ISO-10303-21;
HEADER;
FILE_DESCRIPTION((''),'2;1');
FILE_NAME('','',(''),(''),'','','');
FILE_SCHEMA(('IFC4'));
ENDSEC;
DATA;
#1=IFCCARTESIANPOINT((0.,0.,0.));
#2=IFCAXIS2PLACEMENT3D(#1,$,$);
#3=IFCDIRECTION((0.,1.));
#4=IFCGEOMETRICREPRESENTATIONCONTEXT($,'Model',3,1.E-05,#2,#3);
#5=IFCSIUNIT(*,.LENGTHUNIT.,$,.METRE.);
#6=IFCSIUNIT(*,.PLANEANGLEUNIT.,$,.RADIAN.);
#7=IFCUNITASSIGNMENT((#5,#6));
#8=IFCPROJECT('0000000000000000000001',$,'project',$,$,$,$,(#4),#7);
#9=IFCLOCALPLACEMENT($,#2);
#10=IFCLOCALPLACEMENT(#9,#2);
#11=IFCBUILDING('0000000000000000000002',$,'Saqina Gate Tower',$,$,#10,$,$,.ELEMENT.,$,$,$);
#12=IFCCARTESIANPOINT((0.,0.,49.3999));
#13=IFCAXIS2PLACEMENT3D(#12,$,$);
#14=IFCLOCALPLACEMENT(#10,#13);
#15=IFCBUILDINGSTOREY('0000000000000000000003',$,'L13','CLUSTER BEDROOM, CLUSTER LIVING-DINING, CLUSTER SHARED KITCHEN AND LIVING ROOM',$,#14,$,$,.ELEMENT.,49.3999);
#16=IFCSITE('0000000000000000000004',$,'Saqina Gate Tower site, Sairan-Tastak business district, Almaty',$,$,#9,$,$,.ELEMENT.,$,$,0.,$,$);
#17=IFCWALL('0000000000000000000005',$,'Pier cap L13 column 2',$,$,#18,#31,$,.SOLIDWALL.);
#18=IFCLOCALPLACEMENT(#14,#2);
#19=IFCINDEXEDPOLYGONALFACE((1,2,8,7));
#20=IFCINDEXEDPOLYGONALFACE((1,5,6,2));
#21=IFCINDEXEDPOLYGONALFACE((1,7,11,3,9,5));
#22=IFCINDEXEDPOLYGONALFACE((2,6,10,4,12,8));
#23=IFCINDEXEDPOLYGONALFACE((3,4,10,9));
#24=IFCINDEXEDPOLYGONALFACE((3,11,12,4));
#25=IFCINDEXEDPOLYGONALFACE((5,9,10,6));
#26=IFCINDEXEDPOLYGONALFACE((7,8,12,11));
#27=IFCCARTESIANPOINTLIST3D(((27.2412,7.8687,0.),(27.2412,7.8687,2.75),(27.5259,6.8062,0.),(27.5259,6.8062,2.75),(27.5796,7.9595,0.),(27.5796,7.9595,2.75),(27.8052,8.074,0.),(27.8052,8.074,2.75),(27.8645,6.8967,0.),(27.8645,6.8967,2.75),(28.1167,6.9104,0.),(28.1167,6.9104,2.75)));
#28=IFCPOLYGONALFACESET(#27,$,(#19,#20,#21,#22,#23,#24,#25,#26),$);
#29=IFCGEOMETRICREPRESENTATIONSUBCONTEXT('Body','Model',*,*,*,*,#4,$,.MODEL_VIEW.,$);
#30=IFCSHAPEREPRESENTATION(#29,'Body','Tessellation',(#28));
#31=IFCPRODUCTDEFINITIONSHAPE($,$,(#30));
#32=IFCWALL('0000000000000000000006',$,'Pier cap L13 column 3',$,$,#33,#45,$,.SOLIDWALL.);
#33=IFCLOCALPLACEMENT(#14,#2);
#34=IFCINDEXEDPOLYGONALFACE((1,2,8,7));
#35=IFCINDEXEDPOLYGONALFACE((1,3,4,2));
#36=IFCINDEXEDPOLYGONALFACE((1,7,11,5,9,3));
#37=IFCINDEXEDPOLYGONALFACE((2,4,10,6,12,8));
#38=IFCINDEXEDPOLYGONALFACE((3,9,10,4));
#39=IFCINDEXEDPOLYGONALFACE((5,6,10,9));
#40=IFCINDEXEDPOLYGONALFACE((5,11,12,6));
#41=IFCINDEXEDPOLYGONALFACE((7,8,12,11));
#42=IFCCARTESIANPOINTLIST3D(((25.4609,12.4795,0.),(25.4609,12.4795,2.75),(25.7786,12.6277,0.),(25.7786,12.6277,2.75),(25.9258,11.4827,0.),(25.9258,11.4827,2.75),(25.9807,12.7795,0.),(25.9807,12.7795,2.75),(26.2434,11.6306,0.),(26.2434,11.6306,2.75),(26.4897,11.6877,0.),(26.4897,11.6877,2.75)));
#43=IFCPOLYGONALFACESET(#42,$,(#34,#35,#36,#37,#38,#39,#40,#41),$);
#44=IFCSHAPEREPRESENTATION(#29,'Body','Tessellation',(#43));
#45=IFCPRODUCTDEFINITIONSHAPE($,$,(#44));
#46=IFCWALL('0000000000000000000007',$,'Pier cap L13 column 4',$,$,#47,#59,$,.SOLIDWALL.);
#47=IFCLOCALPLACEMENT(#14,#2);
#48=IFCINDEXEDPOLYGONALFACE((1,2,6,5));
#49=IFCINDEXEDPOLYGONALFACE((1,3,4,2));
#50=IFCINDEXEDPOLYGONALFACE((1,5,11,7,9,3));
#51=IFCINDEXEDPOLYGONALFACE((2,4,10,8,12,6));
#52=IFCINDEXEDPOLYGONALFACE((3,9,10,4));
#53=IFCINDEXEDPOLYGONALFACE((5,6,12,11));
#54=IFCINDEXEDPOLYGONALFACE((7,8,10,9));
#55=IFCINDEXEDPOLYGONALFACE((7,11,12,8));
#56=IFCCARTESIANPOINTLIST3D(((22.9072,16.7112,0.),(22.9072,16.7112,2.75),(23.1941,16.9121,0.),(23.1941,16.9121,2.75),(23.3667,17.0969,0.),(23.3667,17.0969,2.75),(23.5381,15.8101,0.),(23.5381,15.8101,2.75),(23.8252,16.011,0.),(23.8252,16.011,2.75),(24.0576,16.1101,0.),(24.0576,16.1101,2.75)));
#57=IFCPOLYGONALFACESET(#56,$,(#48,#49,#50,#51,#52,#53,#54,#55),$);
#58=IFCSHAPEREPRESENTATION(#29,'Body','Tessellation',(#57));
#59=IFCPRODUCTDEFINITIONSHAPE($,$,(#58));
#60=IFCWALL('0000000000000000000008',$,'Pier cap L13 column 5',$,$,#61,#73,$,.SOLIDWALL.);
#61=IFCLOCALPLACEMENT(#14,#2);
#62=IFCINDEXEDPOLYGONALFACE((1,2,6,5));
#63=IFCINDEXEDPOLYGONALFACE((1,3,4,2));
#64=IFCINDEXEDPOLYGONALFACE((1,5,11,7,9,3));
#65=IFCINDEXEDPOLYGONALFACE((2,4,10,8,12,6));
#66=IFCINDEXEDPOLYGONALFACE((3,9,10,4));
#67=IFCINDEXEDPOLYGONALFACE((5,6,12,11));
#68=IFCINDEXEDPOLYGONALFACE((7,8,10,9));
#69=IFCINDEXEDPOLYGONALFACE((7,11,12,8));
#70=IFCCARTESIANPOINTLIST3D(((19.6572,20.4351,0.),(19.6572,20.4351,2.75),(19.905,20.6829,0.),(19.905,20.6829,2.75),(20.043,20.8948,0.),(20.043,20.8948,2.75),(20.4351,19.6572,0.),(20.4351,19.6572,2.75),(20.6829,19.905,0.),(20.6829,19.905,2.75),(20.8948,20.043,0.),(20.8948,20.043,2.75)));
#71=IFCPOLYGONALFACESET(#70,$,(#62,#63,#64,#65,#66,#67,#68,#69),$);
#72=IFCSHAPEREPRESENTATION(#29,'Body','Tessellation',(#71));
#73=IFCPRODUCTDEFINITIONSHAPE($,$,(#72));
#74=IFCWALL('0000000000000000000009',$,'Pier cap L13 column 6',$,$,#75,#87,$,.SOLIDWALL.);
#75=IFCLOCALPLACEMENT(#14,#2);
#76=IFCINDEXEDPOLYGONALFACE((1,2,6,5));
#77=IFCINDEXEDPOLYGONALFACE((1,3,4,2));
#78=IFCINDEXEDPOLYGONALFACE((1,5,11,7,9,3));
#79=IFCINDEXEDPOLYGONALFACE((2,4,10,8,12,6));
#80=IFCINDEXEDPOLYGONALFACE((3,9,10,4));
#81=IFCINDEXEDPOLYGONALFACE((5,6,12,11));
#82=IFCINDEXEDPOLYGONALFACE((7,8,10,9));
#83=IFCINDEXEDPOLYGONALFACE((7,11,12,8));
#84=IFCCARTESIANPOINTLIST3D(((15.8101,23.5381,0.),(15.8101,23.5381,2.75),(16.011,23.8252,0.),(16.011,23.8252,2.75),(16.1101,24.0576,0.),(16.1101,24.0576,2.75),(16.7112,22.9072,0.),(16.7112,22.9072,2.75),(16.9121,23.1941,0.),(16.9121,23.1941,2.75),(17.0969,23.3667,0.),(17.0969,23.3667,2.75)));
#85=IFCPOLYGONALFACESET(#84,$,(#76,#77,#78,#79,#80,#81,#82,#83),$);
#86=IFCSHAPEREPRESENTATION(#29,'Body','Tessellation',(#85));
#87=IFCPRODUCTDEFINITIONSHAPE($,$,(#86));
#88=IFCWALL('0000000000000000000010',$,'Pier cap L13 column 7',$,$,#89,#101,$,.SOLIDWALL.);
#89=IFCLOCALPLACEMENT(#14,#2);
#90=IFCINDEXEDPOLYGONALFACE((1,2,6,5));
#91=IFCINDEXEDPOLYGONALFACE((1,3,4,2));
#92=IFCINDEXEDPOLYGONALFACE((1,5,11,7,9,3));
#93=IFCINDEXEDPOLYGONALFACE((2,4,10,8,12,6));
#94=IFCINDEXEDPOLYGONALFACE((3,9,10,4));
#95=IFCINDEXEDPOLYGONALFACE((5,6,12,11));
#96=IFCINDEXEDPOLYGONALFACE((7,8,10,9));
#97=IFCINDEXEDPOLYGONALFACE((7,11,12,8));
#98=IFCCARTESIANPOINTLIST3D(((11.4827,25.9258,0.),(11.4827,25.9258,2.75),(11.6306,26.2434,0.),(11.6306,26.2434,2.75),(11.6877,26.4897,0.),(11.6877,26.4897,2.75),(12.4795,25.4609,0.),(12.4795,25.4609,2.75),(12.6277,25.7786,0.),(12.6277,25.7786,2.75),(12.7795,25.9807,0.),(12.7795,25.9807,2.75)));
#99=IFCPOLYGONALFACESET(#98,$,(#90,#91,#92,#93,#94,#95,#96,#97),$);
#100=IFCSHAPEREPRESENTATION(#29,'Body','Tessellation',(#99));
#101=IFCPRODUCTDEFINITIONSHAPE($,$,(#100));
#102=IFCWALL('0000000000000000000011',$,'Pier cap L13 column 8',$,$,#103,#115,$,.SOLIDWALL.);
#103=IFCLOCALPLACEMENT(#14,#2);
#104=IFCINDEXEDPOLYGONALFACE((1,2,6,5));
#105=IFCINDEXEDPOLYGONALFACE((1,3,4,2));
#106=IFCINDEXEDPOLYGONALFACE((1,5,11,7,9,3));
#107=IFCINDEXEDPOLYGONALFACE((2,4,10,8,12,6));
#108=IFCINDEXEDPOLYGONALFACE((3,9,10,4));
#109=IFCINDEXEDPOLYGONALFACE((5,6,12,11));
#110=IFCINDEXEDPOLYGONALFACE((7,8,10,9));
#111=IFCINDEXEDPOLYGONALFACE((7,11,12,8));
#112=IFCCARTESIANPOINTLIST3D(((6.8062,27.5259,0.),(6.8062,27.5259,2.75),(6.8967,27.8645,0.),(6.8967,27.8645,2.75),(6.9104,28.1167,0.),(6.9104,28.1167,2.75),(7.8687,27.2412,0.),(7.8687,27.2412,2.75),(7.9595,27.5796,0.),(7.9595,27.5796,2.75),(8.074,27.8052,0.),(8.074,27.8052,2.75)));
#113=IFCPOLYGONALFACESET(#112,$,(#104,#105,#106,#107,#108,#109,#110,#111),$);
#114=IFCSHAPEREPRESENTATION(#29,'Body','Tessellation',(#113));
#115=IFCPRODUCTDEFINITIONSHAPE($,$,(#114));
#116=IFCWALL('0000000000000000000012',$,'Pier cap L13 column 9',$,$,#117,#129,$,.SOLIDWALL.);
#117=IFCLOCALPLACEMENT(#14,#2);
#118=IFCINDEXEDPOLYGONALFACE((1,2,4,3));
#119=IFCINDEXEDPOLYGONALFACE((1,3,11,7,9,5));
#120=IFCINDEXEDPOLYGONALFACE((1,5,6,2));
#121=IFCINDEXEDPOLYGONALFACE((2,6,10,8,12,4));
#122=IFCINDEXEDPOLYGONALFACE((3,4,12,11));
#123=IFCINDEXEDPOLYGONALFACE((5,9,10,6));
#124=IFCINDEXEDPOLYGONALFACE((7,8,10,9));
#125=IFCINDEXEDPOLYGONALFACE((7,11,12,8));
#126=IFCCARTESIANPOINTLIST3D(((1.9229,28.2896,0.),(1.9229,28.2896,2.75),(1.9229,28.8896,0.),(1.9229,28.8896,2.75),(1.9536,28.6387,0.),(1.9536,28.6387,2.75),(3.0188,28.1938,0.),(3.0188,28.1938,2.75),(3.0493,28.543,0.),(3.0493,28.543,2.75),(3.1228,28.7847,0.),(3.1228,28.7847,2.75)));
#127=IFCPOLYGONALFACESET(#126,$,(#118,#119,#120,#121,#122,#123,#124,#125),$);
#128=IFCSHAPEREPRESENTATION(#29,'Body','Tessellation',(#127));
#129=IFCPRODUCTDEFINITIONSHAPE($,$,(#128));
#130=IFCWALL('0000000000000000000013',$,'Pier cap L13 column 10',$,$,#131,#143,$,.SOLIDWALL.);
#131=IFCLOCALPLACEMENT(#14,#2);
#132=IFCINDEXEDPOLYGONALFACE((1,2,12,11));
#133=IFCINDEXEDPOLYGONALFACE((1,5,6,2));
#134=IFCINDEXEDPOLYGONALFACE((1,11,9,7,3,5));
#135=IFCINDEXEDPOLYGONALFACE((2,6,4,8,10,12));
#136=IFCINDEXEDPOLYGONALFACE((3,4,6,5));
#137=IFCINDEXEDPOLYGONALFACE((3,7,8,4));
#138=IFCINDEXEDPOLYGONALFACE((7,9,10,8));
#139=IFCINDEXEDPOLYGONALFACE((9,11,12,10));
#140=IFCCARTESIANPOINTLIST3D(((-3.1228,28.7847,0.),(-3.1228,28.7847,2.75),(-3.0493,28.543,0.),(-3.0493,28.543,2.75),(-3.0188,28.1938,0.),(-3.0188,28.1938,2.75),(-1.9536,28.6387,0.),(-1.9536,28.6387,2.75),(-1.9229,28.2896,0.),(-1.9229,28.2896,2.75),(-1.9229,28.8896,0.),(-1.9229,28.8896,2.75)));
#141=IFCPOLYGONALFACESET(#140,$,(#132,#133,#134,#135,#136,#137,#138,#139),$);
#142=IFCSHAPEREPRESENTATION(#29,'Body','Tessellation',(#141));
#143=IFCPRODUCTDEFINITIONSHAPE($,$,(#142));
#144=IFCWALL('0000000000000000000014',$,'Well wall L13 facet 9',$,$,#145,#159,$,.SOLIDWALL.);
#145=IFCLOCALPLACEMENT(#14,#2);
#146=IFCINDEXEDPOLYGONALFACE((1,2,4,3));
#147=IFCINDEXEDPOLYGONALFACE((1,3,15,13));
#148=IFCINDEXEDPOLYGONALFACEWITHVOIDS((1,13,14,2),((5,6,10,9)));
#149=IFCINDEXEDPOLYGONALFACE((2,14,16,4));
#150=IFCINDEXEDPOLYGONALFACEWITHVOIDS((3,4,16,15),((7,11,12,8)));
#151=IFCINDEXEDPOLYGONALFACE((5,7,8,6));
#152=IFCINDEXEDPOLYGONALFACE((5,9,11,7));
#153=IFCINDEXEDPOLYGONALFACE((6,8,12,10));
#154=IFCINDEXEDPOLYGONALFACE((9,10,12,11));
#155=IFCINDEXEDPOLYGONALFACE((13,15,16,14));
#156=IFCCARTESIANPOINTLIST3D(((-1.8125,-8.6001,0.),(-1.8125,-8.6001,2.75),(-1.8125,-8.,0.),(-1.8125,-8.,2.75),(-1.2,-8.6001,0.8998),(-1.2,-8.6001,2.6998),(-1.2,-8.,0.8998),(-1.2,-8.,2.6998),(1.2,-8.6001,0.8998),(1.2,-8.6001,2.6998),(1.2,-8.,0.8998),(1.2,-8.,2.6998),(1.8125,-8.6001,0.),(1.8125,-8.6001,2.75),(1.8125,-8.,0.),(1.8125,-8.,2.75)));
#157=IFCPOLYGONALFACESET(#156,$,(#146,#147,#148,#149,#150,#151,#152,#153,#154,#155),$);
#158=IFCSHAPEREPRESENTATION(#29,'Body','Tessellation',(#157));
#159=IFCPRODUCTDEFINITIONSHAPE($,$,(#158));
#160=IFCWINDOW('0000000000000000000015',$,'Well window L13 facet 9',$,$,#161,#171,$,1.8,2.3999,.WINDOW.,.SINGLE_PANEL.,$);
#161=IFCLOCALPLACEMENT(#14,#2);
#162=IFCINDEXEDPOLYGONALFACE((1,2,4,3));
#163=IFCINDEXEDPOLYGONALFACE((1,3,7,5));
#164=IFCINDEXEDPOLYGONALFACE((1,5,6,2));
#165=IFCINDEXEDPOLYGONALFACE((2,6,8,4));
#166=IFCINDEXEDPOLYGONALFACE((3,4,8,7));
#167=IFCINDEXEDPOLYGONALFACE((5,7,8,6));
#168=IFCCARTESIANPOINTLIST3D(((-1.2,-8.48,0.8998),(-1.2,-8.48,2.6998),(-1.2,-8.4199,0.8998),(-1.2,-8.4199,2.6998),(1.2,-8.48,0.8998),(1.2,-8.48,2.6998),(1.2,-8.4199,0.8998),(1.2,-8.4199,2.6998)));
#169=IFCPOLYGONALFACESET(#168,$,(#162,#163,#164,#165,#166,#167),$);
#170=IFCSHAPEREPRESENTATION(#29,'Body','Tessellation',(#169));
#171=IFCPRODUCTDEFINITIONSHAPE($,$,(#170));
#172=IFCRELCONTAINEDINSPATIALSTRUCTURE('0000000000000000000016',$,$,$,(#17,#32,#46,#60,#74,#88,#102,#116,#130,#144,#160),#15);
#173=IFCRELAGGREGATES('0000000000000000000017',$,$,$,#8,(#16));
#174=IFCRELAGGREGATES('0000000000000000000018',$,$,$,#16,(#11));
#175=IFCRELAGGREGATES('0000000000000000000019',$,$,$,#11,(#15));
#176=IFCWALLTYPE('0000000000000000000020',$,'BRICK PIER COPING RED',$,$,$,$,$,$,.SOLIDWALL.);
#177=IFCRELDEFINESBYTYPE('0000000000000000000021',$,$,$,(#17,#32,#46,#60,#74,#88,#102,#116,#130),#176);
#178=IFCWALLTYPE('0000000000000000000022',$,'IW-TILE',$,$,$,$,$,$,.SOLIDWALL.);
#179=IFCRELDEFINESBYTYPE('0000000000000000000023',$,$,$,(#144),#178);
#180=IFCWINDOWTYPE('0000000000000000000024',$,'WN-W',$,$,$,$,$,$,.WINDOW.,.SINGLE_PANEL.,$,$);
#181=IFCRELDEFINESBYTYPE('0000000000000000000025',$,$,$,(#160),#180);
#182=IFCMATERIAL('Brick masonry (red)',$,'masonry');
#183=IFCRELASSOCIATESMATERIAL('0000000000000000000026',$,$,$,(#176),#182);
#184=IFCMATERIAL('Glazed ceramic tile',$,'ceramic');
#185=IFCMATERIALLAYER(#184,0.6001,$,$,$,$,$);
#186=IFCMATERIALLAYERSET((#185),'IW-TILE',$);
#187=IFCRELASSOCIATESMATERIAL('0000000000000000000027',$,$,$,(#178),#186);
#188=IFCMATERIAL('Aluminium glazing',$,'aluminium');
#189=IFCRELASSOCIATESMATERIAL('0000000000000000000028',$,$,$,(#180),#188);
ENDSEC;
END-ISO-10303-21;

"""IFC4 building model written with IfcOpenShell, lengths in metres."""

from ifc_helpers import new_model, si_unit, direction, frame, frame_2d, origin, place, context, subcontext, project, spatial, polyline, rectangle, outline, extrude, material, layer, layer_set, type_object, element, fill, save


model = new_model("IFC4")

# Units and contexts
model_context = context("Model", 3, precision=1e-05, world=origin(), true_north=direction((0.0, 1.0)))
body_context = subcontext(model_context, "Body", "Model", "MODEL_VIEW")
ifc_project = project(units=[si_unit("LENGTHUNIT", "METRE"), si_unit("PLANEANGLEUNIT", "RADIAN")], contexts=[model_context])

# Site, building, storey
site_placement = place(None, origin())
site = spatial("IfcSite", under=ifc_project, at=site_placement, Name="Saqina Gate Tower site, Sairan-Tastak business district, Almaty", CompositionType="ELEMENT", RefElevation=0.0)
building_placement = place(site_placement, origin())
building = spatial("IfcBuilding", under=site, at=building_placement, Name="Saqina Gate Tower", CompositionType="ELEMENT")
storey_placement = place(building_placement, frame((0.0, 0.0, 49.3999)))
storey = spatial("IfcBuildingStorey", under=building, at=storey_placement, Name="L13", Description="CLUSTER BEDROOM, CLUSTER LIVING-DINING, CLUSTER SHARED KITCHEN AND LIVING ROOM", CompositionType="ELEMENT", Elevation=49.3999)

# Walls
ifc_material_1 = material(Name="Brick masonry (red)", Category="masonry")
wall_type_1 = type_object("IfcWallType", Name="BRICK PIER COPING RED", PredefinedType="SOLIDWALL", material=ifc_material_1)
wall_1_placement = place(storey_placement, origin())
element("IfcWall", 1, at=wall_1_placement, inside=storey, type_object=wall_type_1, Name="Pier cap L13 column 2", PredefinedType="SOLIDWALL", context=body_context, shape_type="SweptSolid", body=[
    extrude(outline(polyline([(28.1167, 6.9104), (27.8052, 8.074), (27.2412, 7.8687), (27.5796, 7.9595), (27.8645, 6.8967), (27.5259, 6.8062), (28.1167, 6.9104)])), origin(), (0.0, 0.0, 1.0), 2.75),
])
wall_2_placement = place(storey_placement, origin())
element("IfcWall", 2, at=wall_2_placement, inside=storey, type_object=wall_type_1, Name="Pier cap L13 column 3", PredefinedType="SOLIDWALL", context=body_context, shape_type="SweptSolid", body=[
    extrude(outline(polyline([(25.9807, 12.7795), (25.4609, 12.4795), (25.7786, 12.6277), (26.2434, 11.6306), (25.9258, 11.4827), (26.4897, 11.6877), (25.9807, 12.7795)])), origin(), (0.0, 0.0, 1.0), 2.75),
])
wall_3_placement = place(storey_placement, origin())
element("IfcWall", 3, at=wall_3_placement, inside=storey, type_object=wall_type_1, Name="Pier cap L13 column 4", PredefinedType="SOLIDWALL", context=body_context, shape_type="SweptSolid", body=[
    extrude(outline(polyline([(24.0576, 16.1101), (23.3667, 17.0969), (22.9072, 16.7112), (23.1941, 16.9121), (23.8252, 16.011), (23.5381, 15.8101), (24.0576, 16.1101)])), origin(), (0.0, 0.0, 1.0), 2.75),
])
wall_4_placement = place(storey_placement, origin())
element("IfcWall", 4, at=wall_4_placement, inside=storey, type_object=wall_type_1, Name="Pier cap L13 column 5", PredefinedType="SOLIDWALL", context=body_context, shape_type="SweptSolid", body=[
    extrude(outline(polyline([(20.043, 20.8948), (19.6572, 20.4351), (19.905, 20.6829), (20.6829, 19.905), (20.4351, 19.6572), (20.8948, 20.043), (20.043, 20.8948)])), origin(), (0.0, 0.0, 1.0), 2.75),
])
wall_5_placement = place(storey_placement, origin())
element("IfcWall", 5, at=wall_5_placement, inside=storey, type_object=wall_type_1, Name="Pier cap L13 column 6", PredefinedType="SOLIDWALL", context=body_context, shape_type="SweptSolid", body=[
    extrude(outline(polyline([(17.0969, 23.3667), (16.1101, 24.0576), (15.8101, 23.5381), (16.011, 23.8252), (16.9121, 23.1941), (16.7112, 22.9072), (17.0969, 23.3667)])), origin(), (0.0, 0.0, 1.0), 2.75),
])
wall_6_placement = place(storey_placement, origin())
element("IfcWall", 6, at=wall_6_placement, inside=storey, type_object=wall_type_1, Name="Pier cap L13 column 7", PredefinedType="SOLIDWALL", context=body_context, shape_type="SweptSolid", body=[
    extrude(outline(polyline([(11.6877, 26.4897), (11.4827, 25.9258), (11.6306, 26.2434), (12.6277, 25.7786), (12.4795, 25.4609), (12.7795, 25.9807), (11.6877, 26.4897)])), origin(), (0.0, 0.0, 1.0), 2.75),
])
wall_7_placement = place(storey_placement, origin())
element("IfcWall", 7, at=wall_7_placement, inside=storey, type_object=wall_type_1, Name="Pier cap L13 column 8", PredefinedType="SOLIDWALL", context=body_context, shape_type="SweptSolid", body=[
    extrude(outline(polyline([(6.9104, 28.1167), (6.8062, 27.5259), (6.8967, 27.8645), (7.9595, 27.5796), (7.8687, 27.2412), (8.074, 27.8052), (6.9104, 28.1167)])), origin(), (0.0, 0.0, 1.0), 2.75),
])
wall_8_placement = place(storey_placement, origin())
element("IfcWall", 8, at=wall_8_placement, inside=storey, type_object=wall_type_1, Name="Pier cap L13 column 9", PredefinedType="SOLIDWALL", context=body_context, shape_type="SweptSolid", body=[
    extrude(outline(polyline([(3.1228, 28.7847), (1.9229, 28.8896), (1.9229, 28.2896), (1.9536, 28.6387), (3.0493, 28.543), (3.0188, 28.1938), (3.1228, 28.7847)])), origin(), (0.0, 0.0, 1.0), 2.75),
])
wall_9_placement = place(storey_placement, origin())
element("IfcWall", 9, at=wall_9_placement, inside=storey, type_object=wall_type_1, Name="Pier cap L13 column 10", PredefinedType="SOLIDWALL", context=body_context, shape_type="SweptSolid", body=[
    extrude(outline(polyline([(-1.9229, 28.8896), (-3.1228, 28.7847), (-3.0188, 28.1938), (-3.0493, 28.543), (-1.9536, 28.6387), (-1.9229, 28.2896), (-1.9229, 28.8896)])), origin(), (0.0, 0.0, 1.0), 2.75),
])

# Wall, opening, window
ifc_material_2 = material(Name="Glazed ceramic tile", Category="ceramic")
ifc_layer_1 = layer(ifc_material_2, 0.6001)
ifc_layer_set_1 = layer_set([ifc_layer_1], Name="IW-TILE")
wall_type_2 = type_object("IfcWallType", Name="IW-TILE", PredefinedType="SOLIDWALL", material=ifc_layer_set_1)
wall_10_placement = place(storey_placement, frame((-1.8125, -8.3, 0.0), z_axis=(0.0, 0.0, 1.0), x_axis=(1.0, 0.0, 0.0)))
wall_10 = element("IfcWall", 10, at=wall_10_placement, inside=storey, type_object=wall_type_2, Name="Well wall L13 facet 9", PredefinedType="SOLIDWALL", context=body_context, shape_type="SweptSolid", body=[
    extrude(rectangle(XDim=3.625, YDim=0.6001, at=frame_2d((1.8125, 0.0))), origin(), (0.0, 0.0, 1.0), 2.75),
])
opening_placement = place(wall_10_placement, frame((0.6125, 0.0, 0.8999)))
opening = element("IfcOpeningElement", 11, at=opening_placement, cuts=wall_10, PredefinedType="OPENING", context=body_context, shape_type="SweptSolid", body=[
    extrude(rectangle(XDim=2.3999, YDim=1.8, at=frame_2d((1.2, 0.8999))), frame((0.0, 0.312, 0.0), z_axis=(0.0, -1.0, 0.0), x_axis=(1.0, 0.0, 0.0)), (0.0, 0.0, 1.0), 0.624),
])
ifc_material_3 = material(Name="Aluminium glazing", Category="aluminium")
window_type = type_object("IfcWindowType", Name="WN-W", PartitioningType="SINGLE_PANEL", PredefinedType="WINDOW", material=ifc_material_3)
window_placement = place(opening_placement, origin())
window = element("IfcWindow", 12, at=window_placement, inside=storey, type_object=window_type, Name="Well window L13 facet 9", OverallHeight=1.8, OverallWidth=2.3999, PartitioningType="SINGLE_PANEL", PredefinedType="WINDOW", context=body_context, shape_type="SweptSolid", body=[
    extrude(rectangle(XDim=2.3999, YDim=1.8, at=frame_2d((1.2, 0.8999))), frame((0.0, -0.1199, 0.0), z_axis=(0.0, -1.0, 0.0), x_axis=(1.0, 0.0, 0.0)), (0.0, 0.0, 1.0), 0.0601),
])
fill(opening, window)

save(model, "model.ifc")
